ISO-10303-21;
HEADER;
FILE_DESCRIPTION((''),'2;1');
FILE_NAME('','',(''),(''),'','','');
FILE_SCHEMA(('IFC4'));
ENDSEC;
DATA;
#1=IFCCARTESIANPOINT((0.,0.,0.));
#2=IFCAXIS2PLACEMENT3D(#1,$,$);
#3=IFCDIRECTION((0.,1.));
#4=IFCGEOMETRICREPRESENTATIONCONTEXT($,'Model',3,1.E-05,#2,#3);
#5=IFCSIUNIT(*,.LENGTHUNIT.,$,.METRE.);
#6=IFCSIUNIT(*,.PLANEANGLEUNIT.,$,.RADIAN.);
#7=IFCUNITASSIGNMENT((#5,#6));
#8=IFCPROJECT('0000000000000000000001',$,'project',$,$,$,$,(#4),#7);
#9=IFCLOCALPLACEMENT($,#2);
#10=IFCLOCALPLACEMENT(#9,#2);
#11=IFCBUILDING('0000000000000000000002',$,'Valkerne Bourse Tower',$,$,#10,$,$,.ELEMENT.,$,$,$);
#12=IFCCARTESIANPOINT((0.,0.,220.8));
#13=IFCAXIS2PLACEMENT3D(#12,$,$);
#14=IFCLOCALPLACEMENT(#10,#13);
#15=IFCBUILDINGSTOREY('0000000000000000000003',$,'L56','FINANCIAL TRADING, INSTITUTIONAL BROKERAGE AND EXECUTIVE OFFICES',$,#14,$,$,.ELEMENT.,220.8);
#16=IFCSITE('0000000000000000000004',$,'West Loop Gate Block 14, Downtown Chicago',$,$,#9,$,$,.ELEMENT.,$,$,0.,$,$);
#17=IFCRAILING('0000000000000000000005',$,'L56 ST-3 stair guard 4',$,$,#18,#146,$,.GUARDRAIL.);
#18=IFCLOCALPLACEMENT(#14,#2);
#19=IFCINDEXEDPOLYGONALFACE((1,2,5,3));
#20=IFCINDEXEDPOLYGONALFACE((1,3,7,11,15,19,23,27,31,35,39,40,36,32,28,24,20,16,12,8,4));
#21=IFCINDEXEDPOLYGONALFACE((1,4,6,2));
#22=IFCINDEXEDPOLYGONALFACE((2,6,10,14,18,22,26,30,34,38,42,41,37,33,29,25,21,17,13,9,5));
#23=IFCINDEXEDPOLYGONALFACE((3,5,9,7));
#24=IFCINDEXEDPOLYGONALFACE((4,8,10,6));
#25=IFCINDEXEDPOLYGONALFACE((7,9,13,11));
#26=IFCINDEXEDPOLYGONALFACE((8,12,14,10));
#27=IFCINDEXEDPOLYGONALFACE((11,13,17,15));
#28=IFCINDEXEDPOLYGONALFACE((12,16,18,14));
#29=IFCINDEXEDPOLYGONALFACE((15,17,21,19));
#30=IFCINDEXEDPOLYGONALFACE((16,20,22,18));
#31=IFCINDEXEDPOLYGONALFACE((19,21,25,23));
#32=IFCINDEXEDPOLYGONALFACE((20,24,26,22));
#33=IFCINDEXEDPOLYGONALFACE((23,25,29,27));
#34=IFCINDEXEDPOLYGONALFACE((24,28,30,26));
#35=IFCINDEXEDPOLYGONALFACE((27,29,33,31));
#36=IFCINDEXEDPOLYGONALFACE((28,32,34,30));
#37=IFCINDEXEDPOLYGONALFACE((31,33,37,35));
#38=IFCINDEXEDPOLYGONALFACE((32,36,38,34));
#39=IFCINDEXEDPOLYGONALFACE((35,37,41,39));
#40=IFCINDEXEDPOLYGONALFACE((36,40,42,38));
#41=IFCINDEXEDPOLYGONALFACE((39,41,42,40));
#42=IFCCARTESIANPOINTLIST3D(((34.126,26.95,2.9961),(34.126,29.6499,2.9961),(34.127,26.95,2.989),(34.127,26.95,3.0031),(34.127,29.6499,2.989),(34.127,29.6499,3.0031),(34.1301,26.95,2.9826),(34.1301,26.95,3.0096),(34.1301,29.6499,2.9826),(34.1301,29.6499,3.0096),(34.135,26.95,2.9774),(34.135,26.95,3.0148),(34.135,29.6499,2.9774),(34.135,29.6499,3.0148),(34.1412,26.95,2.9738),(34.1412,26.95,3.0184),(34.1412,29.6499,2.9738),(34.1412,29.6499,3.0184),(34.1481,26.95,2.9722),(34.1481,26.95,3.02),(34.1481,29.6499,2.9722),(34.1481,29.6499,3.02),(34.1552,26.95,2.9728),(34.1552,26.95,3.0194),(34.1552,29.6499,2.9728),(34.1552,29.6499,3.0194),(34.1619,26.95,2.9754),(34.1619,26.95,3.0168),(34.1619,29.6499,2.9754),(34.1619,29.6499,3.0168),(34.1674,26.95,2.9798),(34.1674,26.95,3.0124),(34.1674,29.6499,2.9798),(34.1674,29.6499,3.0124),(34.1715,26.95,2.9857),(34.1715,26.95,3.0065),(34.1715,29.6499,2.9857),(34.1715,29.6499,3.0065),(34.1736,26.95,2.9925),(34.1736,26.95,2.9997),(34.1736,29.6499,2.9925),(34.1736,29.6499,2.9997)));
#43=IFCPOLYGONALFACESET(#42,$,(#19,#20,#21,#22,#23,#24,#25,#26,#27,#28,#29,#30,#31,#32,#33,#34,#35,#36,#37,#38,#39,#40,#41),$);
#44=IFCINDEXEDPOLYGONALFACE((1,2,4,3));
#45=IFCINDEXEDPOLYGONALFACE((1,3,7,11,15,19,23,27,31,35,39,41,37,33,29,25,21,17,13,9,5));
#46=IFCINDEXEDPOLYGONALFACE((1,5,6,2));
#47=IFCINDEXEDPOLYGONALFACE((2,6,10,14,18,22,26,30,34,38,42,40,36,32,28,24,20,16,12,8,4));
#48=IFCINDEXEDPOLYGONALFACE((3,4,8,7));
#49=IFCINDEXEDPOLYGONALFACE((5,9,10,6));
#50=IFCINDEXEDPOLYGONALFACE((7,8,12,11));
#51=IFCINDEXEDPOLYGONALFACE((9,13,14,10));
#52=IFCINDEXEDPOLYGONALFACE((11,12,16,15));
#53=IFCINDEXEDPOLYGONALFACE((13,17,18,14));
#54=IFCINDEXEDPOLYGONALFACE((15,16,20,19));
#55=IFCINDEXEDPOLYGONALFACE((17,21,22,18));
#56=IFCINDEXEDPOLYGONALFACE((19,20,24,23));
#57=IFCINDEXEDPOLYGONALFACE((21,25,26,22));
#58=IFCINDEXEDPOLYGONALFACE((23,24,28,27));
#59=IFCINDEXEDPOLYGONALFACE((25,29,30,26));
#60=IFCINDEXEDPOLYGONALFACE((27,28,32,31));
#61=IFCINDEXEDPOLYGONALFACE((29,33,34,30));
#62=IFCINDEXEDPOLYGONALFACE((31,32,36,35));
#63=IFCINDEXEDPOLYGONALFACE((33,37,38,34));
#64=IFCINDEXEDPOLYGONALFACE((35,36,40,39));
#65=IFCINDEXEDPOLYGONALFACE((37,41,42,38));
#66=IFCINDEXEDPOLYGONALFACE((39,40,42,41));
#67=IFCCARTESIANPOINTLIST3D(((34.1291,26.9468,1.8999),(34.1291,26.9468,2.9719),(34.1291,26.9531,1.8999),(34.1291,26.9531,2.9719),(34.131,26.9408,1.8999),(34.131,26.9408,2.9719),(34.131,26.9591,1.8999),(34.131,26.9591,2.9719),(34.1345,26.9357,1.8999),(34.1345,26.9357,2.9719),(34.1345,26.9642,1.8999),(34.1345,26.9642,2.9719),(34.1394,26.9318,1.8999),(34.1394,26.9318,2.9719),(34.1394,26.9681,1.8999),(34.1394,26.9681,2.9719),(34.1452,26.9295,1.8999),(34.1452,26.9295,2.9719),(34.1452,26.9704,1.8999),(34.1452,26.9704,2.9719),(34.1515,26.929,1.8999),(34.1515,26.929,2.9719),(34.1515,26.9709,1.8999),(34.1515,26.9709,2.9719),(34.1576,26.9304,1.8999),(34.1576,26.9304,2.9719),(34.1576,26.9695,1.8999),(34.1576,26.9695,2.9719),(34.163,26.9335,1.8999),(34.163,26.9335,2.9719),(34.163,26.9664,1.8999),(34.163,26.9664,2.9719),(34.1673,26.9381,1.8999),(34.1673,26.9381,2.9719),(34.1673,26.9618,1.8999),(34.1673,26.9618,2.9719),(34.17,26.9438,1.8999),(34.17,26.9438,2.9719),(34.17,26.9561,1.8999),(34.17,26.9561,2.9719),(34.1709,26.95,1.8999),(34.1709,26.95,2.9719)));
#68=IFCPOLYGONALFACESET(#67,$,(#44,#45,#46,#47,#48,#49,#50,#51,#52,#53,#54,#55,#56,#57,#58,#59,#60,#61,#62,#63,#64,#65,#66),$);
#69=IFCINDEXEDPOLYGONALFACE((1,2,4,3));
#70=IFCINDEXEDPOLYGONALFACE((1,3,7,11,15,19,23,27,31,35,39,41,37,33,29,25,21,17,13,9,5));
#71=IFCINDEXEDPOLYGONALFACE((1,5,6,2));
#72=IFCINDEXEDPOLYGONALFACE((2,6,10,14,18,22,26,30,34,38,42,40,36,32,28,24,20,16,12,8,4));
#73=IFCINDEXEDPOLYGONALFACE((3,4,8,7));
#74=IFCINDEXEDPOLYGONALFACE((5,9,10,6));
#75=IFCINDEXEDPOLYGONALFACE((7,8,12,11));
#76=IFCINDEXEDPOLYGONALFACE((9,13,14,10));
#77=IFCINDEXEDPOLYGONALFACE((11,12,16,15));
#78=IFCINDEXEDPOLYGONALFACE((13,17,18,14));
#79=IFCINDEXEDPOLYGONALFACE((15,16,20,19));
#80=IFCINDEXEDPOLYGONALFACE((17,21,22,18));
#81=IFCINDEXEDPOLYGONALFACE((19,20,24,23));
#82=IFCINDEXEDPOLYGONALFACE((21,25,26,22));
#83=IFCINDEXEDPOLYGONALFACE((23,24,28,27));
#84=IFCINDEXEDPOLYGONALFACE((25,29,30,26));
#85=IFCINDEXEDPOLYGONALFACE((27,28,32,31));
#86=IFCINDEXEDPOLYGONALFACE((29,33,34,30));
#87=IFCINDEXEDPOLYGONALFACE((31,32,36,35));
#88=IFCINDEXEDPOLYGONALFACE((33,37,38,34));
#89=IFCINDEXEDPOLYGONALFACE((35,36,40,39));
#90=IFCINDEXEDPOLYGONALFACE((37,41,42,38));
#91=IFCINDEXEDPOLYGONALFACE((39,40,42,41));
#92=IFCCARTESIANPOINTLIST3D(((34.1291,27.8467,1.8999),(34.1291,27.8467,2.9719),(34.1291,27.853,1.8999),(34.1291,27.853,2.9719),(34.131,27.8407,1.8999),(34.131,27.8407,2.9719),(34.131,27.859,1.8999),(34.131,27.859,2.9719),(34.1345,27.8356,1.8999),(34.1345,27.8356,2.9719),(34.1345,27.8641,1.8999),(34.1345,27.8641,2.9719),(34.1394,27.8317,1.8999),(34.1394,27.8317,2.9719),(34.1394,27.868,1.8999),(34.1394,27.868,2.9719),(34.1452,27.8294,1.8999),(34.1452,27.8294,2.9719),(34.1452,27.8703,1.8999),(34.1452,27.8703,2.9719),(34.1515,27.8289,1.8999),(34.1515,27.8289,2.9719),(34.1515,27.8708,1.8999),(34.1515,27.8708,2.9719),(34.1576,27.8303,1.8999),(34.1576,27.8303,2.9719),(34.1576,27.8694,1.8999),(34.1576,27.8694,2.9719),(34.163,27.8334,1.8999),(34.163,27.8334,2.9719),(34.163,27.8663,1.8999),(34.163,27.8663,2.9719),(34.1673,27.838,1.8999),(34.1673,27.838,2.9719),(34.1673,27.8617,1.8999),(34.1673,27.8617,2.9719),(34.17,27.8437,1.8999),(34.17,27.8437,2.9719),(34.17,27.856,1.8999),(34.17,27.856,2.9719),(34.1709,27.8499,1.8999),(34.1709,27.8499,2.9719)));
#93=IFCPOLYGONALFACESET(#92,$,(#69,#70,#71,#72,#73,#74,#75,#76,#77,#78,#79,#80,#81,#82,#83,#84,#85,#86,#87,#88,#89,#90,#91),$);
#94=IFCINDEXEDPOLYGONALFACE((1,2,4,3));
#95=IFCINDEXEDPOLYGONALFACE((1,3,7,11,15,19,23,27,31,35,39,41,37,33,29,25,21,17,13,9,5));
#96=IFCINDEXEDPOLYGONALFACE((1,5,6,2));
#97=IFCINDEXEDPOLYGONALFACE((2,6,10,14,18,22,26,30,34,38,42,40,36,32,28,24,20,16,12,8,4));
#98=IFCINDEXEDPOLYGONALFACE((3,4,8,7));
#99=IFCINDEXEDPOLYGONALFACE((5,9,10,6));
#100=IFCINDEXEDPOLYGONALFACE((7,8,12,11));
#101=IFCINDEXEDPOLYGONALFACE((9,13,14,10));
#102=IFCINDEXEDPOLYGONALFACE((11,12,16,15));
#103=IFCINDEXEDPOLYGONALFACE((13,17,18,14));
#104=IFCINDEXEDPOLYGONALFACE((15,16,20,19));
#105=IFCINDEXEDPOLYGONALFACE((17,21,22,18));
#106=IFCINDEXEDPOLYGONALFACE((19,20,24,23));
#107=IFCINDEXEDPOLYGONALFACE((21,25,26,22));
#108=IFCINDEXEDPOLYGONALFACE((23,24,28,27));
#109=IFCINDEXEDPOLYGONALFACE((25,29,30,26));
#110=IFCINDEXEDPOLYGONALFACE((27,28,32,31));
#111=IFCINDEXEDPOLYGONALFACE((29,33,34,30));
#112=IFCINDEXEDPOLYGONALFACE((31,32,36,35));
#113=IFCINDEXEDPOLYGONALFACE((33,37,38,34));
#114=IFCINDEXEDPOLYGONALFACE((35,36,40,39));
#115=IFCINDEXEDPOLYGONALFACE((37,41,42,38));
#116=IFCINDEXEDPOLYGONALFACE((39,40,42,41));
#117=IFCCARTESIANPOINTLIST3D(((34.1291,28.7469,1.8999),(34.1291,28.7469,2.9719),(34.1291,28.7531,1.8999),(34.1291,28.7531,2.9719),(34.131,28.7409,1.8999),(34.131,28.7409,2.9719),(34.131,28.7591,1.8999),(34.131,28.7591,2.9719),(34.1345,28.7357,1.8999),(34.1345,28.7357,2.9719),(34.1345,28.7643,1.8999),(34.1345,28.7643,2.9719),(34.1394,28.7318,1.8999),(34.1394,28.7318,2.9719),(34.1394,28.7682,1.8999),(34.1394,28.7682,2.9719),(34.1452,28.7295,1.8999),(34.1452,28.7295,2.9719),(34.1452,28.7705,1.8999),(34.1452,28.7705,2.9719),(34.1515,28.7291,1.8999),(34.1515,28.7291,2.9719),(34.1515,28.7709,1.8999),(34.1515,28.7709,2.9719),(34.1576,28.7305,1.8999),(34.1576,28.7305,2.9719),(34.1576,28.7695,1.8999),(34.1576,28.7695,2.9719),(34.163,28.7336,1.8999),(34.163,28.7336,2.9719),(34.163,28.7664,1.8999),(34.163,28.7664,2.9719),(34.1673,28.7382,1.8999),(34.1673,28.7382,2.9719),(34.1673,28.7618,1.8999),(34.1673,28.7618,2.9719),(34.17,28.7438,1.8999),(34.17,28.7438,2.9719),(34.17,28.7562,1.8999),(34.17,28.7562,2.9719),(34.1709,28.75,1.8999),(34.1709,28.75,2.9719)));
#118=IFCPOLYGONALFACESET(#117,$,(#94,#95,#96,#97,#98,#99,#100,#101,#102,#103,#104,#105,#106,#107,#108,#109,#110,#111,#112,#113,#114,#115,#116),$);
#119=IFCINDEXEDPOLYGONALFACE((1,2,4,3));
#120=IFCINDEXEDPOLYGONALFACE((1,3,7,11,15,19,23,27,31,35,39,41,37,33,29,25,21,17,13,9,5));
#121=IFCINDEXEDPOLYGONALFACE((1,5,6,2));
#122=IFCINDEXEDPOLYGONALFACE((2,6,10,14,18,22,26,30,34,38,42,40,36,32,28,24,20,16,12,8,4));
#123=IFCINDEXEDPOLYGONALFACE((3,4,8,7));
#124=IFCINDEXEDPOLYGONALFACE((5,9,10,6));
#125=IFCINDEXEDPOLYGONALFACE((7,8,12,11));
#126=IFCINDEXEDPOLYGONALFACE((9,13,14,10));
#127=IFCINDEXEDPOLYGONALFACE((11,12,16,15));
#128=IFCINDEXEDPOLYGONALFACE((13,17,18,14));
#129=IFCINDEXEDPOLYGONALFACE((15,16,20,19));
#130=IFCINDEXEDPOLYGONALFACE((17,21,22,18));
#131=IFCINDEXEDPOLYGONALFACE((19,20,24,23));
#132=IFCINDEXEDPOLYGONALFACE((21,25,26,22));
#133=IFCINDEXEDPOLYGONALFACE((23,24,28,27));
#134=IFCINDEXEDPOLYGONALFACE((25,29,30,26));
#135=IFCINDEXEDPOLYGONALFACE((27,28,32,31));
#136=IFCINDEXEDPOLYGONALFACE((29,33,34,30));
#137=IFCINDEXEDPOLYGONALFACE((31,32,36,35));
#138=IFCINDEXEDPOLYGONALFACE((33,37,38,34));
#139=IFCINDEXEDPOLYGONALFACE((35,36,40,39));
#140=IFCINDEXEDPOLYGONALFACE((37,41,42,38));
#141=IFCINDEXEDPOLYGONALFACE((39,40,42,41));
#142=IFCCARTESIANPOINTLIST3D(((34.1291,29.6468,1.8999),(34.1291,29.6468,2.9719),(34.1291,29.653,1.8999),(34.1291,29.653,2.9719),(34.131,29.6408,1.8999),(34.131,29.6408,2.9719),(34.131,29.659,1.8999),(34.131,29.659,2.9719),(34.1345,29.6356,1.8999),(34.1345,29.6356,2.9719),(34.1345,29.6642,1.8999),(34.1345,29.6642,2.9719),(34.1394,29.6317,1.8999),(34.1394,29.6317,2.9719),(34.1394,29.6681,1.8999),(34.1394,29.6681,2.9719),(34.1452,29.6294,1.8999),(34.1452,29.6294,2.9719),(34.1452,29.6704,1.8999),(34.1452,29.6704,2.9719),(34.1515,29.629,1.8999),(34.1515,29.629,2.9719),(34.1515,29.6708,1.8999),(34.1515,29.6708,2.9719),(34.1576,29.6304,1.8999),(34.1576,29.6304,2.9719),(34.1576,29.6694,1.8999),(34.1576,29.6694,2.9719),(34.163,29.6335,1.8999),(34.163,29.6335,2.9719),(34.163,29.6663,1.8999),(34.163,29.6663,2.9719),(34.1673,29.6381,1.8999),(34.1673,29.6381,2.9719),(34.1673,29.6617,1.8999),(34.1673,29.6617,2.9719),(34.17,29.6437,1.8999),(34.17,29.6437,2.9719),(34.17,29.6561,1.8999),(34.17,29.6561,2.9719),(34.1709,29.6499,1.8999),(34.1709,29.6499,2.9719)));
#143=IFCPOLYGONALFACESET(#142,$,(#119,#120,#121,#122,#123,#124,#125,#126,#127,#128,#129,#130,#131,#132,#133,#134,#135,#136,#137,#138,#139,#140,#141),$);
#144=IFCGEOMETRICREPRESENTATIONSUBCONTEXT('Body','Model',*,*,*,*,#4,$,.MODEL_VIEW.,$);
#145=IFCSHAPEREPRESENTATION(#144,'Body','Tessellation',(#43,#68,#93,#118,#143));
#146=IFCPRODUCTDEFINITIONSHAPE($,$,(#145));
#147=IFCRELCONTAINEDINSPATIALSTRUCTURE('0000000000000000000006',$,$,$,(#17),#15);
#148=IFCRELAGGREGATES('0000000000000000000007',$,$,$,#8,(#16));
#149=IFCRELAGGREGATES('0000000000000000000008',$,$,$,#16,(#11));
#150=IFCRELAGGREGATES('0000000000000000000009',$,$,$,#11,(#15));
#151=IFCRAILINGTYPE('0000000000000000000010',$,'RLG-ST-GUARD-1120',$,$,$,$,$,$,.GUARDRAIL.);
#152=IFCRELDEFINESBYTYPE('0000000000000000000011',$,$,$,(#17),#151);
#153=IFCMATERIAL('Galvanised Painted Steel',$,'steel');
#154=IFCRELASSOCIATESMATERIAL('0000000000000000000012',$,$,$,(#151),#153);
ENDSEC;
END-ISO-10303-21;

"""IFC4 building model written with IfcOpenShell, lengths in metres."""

from ifc_helpers import new_model, si_unit, direction, frame, origin, origin_2d, place, context, subcontext, project, spatial, circle, extrude, material, type_object, element, save


model = new_model("IFC4")

# Units and contexts
model_context = context("Model", 3, precision=1e-05, world=origin(), true_north=direction((0.0, 1.0)))
body_context = subcontext(model_context, "Body", "Model", "MODEL_VIEW")
ifc_project = project(units=[si_unit("LENGTHUNIT", "METRE"), si_unit("PLANEANGLEUNIT", "RADIAN")], contexts=[model_context])

# Site, building, storey
site_placement = place(None, origin())
site = spatial("IfcSite", under=ifc_project, at=site_placement, Name="West Loop Gate Block 14, Downtown Chicago", CompositionType="ELEMENT", RefElevation=0.0)
building_placement = place(site_placement, origin())
building = spatial("IfcBuilding", under=site, at=building_placement, Name="Valkerne Bourse Tower", CompositionType="ELEMENT")
storey_placement = place(building_placement, frame((0.0, 0.0, 220.8)))
storey = spatial("IfcBuildingStorey", under=building, at=storey_placement, Name="L56", Description="FINANCIAL TRADING, INSTITUTIONAL BROKERAGE AND EXECUTIVE OFFICES", CompositionType="ELEMENT", Elevation=220.8)

# Shared definitions
ifc_material_1 = material(Name="Galvanised Painted Steel", Category="steel")

# Railing
railing_type_1 = type_object("IfcRailingType", Name="RLG-ST-GUARD-1120", PredefinedType="GUARDRAIL", material=ifc_material_1)
railing_1_placement = place(storey_placement, frame((34.1499, 26.95, 1.8999)))
element("IfcRailing", 1, at=railing_1_placement, inside=storey, type_object=railing_type_1, Name="L56 ST-3 stair guard 4", PredefinedType="GUARDRAIL", context=body_context, shape_type="SweptSolid", body=[
    extrude(circle(Radius=0.0239, at=origin_2d()), frame((0.0, 0.0, 1.0962), z_axis=(0.0, 1.0, 0.0), x_axis=(-1.0, 0.0, 0.0)), (0.0, 0.0, 1.0), 2.7),
    extrude(circle(Radius=0.021, at=origin_2d()), origin(), (0.0, 0.0, 1.0), 1.072),
    extrude(circle(Radius=0.021, at=origin_2d()), frame((0.0, 0.8999, 0.0)), (0.0, 0.0, 1.0), 1.072),
    extrude(circle(Radius=0.021, at=origin_2d()), frame((0.0, 1.8, 0.0)), (0.0, 0.0, 1.0), 1.072),
    extrude(circle(Radius=0.021, at=origin_2d()), frame((0.0, 2.7, 0.0)), (0.0, 0.0, 1.0), 1.072),
])

save(model, "model.ifc")
